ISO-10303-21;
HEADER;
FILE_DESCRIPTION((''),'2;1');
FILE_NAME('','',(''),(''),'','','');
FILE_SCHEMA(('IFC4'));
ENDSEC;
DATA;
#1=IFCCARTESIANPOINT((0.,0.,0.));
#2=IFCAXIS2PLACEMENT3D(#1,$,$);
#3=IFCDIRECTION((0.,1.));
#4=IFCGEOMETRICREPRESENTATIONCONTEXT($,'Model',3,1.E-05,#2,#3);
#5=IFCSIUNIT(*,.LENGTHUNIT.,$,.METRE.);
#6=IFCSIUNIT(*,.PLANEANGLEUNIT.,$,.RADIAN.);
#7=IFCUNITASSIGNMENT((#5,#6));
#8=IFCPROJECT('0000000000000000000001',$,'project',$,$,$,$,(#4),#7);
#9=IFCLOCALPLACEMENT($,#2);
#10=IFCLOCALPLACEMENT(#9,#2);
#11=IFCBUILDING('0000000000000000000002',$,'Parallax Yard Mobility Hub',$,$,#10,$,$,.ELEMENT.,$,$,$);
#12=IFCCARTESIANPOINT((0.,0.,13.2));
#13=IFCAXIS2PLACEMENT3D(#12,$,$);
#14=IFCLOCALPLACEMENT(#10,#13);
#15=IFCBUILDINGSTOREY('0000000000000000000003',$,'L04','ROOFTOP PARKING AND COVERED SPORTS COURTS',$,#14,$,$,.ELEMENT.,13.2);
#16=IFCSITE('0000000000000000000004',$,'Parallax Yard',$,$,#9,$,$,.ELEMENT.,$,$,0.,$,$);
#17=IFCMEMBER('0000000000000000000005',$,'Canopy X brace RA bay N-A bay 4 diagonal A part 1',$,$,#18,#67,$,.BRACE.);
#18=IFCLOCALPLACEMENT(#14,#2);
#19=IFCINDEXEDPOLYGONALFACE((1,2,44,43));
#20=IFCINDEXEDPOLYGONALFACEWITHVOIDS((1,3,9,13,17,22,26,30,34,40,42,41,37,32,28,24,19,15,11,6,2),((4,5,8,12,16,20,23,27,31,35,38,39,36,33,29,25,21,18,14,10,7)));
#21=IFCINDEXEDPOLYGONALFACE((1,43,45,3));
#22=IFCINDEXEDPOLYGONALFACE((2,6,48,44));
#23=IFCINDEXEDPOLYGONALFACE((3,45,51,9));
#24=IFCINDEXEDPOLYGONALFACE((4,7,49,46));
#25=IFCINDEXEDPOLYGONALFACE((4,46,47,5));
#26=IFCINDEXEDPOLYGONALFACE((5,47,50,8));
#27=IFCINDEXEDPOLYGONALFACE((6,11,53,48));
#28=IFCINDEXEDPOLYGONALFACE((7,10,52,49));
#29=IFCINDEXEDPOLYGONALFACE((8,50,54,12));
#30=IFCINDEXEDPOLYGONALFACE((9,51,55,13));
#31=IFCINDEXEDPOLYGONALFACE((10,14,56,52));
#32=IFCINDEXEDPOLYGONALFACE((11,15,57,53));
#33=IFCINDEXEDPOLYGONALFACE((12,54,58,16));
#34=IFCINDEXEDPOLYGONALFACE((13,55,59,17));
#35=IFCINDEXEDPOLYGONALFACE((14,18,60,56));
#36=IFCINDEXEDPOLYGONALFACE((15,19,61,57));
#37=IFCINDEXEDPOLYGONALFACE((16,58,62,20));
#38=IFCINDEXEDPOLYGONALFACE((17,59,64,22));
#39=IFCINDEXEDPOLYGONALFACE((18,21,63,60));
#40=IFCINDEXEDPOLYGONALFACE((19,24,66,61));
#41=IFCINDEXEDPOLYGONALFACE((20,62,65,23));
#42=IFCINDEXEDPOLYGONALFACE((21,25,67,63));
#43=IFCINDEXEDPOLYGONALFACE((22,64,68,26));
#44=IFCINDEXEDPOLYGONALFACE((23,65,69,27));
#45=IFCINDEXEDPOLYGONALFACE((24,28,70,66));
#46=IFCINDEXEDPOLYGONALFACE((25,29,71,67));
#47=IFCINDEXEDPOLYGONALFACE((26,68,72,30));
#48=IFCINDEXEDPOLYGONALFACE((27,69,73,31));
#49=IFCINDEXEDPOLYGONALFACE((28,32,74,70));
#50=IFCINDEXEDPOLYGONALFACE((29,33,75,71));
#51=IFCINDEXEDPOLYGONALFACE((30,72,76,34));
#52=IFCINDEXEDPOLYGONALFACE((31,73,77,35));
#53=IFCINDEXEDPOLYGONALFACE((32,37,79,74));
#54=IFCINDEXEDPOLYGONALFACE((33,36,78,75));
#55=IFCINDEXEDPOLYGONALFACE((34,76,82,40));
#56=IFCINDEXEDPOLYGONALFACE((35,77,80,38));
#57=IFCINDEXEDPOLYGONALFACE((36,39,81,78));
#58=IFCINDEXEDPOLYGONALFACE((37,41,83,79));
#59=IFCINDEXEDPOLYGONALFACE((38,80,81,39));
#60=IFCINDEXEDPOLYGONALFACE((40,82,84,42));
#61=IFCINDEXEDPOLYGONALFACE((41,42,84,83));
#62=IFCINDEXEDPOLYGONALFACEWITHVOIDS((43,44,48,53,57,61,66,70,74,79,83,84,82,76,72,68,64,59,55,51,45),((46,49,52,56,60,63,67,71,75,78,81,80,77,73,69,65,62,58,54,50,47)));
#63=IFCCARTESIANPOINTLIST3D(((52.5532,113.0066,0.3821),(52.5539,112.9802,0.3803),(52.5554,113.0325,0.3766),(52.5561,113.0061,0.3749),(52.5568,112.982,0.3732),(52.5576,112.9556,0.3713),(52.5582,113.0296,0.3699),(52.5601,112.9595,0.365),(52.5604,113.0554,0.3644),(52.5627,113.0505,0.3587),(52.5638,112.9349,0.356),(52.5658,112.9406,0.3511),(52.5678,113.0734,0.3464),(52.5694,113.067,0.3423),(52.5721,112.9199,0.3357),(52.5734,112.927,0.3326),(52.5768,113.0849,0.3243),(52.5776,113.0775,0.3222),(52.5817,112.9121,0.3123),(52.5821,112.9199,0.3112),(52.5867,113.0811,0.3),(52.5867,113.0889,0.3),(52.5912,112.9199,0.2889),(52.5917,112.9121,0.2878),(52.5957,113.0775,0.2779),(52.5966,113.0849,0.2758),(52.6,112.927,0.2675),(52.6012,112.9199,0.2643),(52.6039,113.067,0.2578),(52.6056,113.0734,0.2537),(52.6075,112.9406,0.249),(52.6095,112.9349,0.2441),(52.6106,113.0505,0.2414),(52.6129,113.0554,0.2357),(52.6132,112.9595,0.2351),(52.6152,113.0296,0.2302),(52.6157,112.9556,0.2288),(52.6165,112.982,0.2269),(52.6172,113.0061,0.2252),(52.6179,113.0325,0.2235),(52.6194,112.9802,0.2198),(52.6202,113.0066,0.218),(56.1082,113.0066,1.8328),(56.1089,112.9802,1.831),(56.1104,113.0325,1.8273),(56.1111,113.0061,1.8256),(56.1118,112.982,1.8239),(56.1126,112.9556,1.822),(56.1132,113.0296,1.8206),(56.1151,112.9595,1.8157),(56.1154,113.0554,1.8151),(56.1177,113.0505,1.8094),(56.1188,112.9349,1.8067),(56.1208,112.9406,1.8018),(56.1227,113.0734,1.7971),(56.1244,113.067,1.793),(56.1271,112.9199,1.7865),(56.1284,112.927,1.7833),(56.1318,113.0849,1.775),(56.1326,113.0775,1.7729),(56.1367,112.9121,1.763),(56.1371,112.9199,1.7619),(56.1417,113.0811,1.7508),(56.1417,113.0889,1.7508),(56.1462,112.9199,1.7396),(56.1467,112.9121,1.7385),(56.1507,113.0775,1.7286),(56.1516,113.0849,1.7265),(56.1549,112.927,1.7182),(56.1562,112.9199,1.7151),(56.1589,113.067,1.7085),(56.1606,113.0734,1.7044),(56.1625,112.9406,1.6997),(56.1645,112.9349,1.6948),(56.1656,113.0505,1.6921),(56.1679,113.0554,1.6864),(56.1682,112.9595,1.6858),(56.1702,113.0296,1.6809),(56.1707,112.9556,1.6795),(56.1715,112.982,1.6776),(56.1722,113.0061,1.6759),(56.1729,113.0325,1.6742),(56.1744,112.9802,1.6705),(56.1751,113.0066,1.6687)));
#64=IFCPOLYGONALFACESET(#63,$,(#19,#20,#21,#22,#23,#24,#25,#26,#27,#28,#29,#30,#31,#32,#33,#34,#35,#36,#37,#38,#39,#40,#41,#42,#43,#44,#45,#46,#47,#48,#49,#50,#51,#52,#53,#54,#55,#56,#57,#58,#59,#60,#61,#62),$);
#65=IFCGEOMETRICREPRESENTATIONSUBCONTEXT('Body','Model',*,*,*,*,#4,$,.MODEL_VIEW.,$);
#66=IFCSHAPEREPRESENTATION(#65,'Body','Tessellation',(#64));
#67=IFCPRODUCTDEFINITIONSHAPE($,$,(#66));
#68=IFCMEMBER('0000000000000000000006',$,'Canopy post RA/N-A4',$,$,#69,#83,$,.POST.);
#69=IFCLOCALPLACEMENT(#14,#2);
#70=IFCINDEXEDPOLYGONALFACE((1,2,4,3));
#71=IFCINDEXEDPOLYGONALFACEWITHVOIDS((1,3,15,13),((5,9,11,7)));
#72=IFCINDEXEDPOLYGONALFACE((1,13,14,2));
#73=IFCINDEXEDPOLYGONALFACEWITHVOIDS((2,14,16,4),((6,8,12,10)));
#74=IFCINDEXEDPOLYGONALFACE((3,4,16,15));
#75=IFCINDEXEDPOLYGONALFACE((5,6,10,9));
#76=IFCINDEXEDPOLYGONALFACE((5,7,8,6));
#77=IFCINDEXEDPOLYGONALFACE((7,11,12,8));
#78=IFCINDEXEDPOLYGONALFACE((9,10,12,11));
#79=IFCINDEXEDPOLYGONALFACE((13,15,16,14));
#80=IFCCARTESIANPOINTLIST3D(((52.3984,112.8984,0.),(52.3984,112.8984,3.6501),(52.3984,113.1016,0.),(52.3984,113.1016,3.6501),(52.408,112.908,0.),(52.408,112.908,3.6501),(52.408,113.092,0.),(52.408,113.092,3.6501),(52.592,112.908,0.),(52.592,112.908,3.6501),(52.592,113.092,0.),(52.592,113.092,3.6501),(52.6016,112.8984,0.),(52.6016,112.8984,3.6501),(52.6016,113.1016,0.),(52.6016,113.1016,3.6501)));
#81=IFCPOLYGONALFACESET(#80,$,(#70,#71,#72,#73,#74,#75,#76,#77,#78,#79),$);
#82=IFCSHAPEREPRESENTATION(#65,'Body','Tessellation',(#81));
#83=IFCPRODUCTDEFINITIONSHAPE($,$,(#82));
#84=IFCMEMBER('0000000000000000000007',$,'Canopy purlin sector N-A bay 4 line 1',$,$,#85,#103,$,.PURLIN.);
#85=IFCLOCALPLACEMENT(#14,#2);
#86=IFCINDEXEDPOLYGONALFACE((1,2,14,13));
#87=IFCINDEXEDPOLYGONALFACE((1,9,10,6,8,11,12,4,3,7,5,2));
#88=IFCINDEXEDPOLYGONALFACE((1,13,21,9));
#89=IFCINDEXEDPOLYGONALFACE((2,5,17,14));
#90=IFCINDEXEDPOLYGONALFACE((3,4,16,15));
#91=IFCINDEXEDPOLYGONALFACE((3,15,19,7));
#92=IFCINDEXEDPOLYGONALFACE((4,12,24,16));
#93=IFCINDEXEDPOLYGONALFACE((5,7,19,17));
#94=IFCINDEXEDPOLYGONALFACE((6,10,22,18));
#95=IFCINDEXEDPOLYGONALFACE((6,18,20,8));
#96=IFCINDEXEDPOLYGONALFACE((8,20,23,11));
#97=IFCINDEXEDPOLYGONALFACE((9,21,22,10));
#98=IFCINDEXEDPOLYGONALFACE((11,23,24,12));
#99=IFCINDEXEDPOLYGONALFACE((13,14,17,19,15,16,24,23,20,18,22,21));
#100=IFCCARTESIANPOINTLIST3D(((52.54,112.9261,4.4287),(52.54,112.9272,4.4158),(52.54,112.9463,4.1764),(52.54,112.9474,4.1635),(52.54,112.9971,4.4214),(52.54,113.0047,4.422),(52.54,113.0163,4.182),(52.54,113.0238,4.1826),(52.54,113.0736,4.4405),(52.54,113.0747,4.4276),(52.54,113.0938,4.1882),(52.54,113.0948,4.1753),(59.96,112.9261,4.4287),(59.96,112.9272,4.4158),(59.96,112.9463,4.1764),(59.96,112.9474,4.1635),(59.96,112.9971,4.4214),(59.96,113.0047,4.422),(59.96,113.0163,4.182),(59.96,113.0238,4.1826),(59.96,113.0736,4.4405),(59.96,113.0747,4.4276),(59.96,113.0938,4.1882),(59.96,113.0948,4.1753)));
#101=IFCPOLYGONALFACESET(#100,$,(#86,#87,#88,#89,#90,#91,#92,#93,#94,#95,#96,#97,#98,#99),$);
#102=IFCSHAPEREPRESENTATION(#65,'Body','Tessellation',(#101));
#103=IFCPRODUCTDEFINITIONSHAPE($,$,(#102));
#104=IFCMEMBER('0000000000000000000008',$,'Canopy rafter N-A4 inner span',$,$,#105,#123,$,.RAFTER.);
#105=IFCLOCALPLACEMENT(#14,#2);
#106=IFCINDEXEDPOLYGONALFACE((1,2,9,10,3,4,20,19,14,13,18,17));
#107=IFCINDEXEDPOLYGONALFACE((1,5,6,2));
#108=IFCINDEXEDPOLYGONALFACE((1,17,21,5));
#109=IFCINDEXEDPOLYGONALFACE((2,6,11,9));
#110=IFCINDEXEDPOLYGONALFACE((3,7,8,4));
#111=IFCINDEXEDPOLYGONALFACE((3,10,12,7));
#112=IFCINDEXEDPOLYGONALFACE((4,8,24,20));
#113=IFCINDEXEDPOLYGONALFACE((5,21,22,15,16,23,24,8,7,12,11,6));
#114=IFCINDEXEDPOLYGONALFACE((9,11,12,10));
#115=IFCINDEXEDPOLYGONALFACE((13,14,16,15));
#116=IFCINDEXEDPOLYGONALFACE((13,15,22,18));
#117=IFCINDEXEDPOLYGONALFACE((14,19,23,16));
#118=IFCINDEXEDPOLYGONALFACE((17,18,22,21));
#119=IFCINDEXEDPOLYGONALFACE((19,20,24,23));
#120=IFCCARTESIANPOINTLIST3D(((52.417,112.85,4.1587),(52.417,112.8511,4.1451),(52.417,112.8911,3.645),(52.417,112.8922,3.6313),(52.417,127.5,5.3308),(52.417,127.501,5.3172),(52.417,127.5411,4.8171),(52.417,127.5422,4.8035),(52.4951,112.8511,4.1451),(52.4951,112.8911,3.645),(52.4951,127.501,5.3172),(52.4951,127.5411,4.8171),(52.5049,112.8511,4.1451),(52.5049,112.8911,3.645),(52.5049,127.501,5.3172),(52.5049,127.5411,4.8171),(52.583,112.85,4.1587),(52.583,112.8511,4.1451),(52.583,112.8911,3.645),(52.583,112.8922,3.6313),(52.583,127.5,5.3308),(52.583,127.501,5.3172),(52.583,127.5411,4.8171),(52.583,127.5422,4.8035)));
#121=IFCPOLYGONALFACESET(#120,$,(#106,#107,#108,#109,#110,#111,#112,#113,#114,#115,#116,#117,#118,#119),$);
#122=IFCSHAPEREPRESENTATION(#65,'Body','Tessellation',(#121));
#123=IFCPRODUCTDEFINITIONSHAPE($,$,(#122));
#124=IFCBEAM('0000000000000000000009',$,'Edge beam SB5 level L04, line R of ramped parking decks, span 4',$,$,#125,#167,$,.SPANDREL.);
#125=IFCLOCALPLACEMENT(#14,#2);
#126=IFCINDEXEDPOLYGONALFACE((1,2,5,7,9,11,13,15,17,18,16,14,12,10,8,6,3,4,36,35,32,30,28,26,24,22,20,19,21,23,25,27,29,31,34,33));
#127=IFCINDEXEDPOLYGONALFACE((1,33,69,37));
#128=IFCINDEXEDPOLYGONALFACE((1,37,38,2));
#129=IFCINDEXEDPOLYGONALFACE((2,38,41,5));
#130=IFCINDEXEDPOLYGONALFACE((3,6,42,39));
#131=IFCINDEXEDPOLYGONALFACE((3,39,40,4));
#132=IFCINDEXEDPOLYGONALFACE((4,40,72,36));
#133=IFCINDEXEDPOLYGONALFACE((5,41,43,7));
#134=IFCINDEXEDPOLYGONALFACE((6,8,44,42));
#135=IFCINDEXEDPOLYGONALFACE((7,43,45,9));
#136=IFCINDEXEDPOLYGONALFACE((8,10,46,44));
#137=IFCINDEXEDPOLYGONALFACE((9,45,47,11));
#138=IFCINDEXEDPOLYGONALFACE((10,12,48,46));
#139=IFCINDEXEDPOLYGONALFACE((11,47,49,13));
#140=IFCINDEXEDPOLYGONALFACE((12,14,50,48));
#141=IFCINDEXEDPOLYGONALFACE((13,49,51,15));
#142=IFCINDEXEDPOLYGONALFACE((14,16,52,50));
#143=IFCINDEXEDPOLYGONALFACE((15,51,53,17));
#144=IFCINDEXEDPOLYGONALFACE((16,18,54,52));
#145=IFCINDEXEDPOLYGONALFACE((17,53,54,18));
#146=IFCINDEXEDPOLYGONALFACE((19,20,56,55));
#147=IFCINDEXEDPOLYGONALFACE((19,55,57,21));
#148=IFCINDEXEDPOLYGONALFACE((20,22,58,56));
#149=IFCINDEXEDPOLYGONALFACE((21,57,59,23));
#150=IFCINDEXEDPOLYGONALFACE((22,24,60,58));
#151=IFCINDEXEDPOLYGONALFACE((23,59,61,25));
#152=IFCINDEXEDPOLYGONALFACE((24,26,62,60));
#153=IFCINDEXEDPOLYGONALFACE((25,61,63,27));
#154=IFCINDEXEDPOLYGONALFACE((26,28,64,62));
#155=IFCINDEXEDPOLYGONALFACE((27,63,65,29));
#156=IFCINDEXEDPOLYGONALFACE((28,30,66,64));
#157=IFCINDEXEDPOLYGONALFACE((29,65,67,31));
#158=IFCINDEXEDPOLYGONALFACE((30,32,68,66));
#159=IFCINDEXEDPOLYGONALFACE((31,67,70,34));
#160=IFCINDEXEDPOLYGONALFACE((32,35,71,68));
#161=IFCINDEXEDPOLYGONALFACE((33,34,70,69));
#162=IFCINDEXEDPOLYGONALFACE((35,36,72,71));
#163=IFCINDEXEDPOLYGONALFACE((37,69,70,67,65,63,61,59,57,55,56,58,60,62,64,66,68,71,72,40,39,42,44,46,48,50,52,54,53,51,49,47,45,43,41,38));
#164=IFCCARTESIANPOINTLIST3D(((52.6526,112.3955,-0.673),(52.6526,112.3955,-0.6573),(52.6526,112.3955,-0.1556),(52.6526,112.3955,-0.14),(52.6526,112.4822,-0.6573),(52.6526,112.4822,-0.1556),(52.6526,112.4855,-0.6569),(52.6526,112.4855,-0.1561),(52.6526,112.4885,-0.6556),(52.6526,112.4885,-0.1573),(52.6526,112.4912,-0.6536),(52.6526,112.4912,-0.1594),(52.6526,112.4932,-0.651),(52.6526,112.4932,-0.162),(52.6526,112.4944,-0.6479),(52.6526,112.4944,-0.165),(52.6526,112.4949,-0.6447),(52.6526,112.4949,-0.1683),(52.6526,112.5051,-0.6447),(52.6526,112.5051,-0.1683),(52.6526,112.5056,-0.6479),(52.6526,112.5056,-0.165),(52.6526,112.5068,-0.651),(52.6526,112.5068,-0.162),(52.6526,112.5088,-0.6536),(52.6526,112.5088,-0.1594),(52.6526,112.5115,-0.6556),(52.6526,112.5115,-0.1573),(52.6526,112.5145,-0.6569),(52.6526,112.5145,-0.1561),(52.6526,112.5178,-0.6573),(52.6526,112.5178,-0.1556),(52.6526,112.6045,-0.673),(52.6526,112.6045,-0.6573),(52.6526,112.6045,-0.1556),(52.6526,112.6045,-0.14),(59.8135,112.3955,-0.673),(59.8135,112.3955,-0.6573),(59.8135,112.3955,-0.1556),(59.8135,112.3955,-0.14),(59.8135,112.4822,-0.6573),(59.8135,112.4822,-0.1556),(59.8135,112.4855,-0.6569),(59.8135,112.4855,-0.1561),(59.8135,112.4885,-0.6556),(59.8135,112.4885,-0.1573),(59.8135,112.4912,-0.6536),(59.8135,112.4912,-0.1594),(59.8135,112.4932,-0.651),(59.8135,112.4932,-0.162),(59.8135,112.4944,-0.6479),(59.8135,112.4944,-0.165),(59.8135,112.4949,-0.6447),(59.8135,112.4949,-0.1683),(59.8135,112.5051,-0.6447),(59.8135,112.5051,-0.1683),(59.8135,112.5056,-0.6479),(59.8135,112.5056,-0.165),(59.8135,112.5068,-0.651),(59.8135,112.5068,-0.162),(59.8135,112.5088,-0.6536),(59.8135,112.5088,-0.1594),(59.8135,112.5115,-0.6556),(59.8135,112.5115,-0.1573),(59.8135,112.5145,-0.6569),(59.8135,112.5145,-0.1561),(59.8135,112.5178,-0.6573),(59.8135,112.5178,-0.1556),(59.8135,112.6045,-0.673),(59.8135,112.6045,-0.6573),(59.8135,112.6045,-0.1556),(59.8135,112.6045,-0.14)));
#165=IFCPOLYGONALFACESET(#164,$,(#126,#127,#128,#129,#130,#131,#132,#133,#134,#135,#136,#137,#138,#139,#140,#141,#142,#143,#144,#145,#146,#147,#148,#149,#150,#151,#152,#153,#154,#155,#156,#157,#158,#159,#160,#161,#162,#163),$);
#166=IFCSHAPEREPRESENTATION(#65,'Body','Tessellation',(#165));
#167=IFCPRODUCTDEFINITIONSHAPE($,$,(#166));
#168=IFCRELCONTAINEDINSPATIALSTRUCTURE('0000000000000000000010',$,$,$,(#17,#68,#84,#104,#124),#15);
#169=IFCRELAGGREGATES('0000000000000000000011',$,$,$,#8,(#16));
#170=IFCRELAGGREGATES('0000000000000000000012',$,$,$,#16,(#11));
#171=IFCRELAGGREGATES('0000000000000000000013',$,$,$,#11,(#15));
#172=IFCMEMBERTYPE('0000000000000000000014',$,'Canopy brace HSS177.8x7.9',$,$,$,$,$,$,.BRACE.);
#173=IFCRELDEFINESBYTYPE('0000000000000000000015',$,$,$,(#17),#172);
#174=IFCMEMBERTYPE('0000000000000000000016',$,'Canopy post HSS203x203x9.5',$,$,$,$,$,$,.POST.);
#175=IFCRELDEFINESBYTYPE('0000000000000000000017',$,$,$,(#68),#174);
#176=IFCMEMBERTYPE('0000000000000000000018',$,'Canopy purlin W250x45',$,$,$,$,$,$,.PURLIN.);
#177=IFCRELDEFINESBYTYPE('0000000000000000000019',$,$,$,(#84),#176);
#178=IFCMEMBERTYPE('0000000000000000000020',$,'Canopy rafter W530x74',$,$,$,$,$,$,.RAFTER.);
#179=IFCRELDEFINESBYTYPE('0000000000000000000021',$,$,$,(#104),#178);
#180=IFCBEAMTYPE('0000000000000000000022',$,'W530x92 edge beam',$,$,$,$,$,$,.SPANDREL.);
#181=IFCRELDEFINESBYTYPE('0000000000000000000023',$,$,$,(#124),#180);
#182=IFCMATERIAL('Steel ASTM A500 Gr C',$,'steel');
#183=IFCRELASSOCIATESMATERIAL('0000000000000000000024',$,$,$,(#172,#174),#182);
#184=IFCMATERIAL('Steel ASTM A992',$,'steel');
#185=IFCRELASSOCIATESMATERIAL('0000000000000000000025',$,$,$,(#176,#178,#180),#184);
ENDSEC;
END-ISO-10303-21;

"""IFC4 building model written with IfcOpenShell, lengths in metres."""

from ifc_helpers import new_model, si_unit, direction, frame, origin, origin_2d, place, context, subcontext, project, spatial, hollow_rectangle, hollow_circle, i_section, extrude, material, material_profile, profile_set, type_object, element, save


model = new_model("IFC4")

# Units and contexts
model_context = context("Model", 3, precision=1e-05, world=origin(), true_north=direction((0.0, 1.0)))
body_context = subcontext(model_context, "Body", "Model", "MODEL_VIEW")
ifc_project = project(units=[si_unit("LENGTHUNIT", "METRE"), si_unit("PLANEANGLEUNIT", "RADIAN")], contexts=[model_context])

# Site, building, storey
site_placement = place(None, origin())
site = spatial("IfcSite", under=ifc_project, at=site_placement, Name="Parallax Yard", CompositionType="ELEMENT", RefElevation=0.0)
building_placement = place(site_placement, origin())
building = spatial("IfcBuilding", under=site, at=building_placement, Name="Parallax Yard Mobility Hub", CompositionType="ELEMENT")
storey_placement = place(building_placement, frame((0.0, 0.0, 13.2)))
storey = spatial("IfcBuildingStorey", under=building, at=storey_placement, Name="L04", Description="ROOFTOP PARKING AND COVERED SPORTS COURTS", CompositionType="ELEMENT", Elevation=13.2)

# Members
ifc_material_1 = material(Name="Steel ASTM A500 Gr C", Category="steel")
ifc_material_profile_1 = material_profile(ifc_material_1, hollow_circle(Radius=0.0889, WallThickness=0.0078, at=origin_2d()), Name="HSS177.8x7.9")
ifc_profile_set_1 = profile_set([ifc_material_profile_1], Name="Steel ASTM A500 Gr C")
member_type_1 = type_object("IfcMemberType", Name="Canopy brace HSS177.8x7.9", PredefinedType="BRACE", material=ifc_profile_set_1)
member_1_placement = place(storey_placement, frame((52.5867, 113.0, 0.3), z_axis=(0.925876, 0.0, 0.377828), x_axis=(0.0, 1.0, 0.0)))
element("IfcMember", 1, at=member_1_placement, inside=storey, type_object=member_type_1, Name="Canopy X brace RA bay N-A bay 4 diagonal A part 1", PredefinedType="BRACE", context=body_context, shape_type="SweptSolid", body=[
    extrude(hollow_circle(Radius=0.0889, WallThickness=0.0078, at=origin_2d()), origin(), (0.0, 0.0, 1.0), 3.8396),
])
ifc_material_profile_2 = material_profile(ifc_material_1, hollow_rectangle(XDim=0.2031, YDim=0.2031, WallThickness=0.0095, at=origin_2d()), Name="HSS203x203x9.5")
ifc_profile_set_2 = profile_set([ifc_material_profile_2], Name="Steel ASTM A500 Gr C")
member_type_2 = type_object("IfcMemberType", Name="Canopy post HSS203x203x9.5", PredefinedType="POST", material=ifc_profile_set_2)
member_2_placement = place(storey_placement, frame((52.5, 113.0, 0.0), z_axis=(0.0, 0.0, 1.0), x_axis=(1.0, 0.0, 0.0)))
element("IfcMember", 2, at=member_2_placement, inside=storey, type_object=member_type_2, Name="Canopy post RA/N-A4", PredefinedType="POST", context=body_context, shape_type="SweptSolid", body=[
    extrude(hollow_rectangle(XDim=0.2031, YDim=0.2031, WallThickness=0.0095, at=origin_2d()), origin(), (0.0, 0.0, 1.0), 3.6501),
])
ifc_material_2 = material(Name="Steel ASTM A992", Category="steel")
ifc_material_profile_3 = material_profile(ifc_material_2, i_section(OverallWidth=0.1479, OverallDepth=0.2661, WebThickness=0.0076, FlangeThickness=0.0129, at=origin_2d()), Name="W250x45")
ifc_profile_set_3 = profile_set([ifc_material_profile_3], Name="Steel ASTM A992")
member_type_3 = type_object("IfcMemberType", Name="Canopy purlin W250x45", PredefinedType="PURLIN", material=ifc_profile_set_3)
member_3_placement = place(storey_placement, frame((52.54, 113.0105, 4.302), z_axis=(1.0, 0.0, 0.0), x_axis=(0.0, 0.996815, 0.079745)))
element("IfcMember", 3, at=member_3_placement, inside=storey, type_object=member_type_3, Name="Canopy purlin sector N-A bay 4 line 1", PredefinedType="PURLIN", context=body_context, shape_type="SweptSolid", body=[
    extrude(i_section(OverallWidth=0.1479, OverallDepth=0.2661, WebThickness=0.0076, FlangeThickness=0.0129, at=origin_2d()), origin(), (0.0, 0.0, 1.0), 7.4199),
])
ifc_material_profile_4 = material_profile(ifc_material_2, i_section(OverallWidth=0.166, OverallDepth=0.5291, WebThickness=0.0098, FlangeThickness=0.0137, at=origin_2d()), Name="W530x74")
ifc_profile_set_4 = profile_set([ifc_material_profile_4], Name="Steel ASTM A992")
member_type_4 = type_object("IfcMemberType", Name="Canopy rafter W530x74", PredefinedType="RAFTER", material=ifc_profile_set_4)
member_4_placement = place(storey_placement, frame((52.5, 112.8711, 3.895), z_axis=(0.0, 0.996815, 0.079754), x_axis=(-1.0, 0.0, 0.0)))
element("IfcMember", 4, at=member_4_placement, inside=storey, type_object=member_type_4, Name="Canopy rafter N-A4 inner span", PredefinedType="RAFTER", context=body_context, shape_type="SweptSolid", body=[
    extrude(i_section(OverallWidth=0.166, OverallDepth=0.5291, WebThickness=0.0098, FlangeThickness=0.0137, at=origin_2d()), origin(), (0.0, 0.0, 1.0), 14.6968),
])

# Beam
ifc_material_profile_5 = material_profile(ifc_material_2, i_section(OverallWidth=0.209, OverallDepth=0.533, WebThickness=0.0103, FlangeThickness=0.0156, FilletRadius=0.0127, at=origin_2d()), Name="W530x92")
ifc_profile_set_5 = profile_set([ifc_material_profile_5], Name="Steel ASTM A992")
beam_type_1 = type_object("IfcBeamType", Name="W530x92 edge beam", PredefinedType="SPANDREL", material=ifc_profile_set_5)
beam_1_placement = place(storey_placement, frame((52.6526, 112.5, -0.4065), z_axis=(1.0, 0.0, 0.0), x_axis=(0.0, 1.0, 0.0)))
element("IfcBeam", 5, at=beam_1_placement, inside=storey, type_object=beam_type_1, Name="Edge beam SB5 level L04, line R of ramped parking decks, span 4", PredefinedType="SPANDREL", context=body_context, shape_type="SweptSolid", body=[
    extrude(i_section(OverallWidth=0.209, OverallDepth=0.533, WebThickness=0.0103, FlangeThickness=0.0156, FilletRadius=0.0127, at=origin_2d()), origin(), (0.0, 0.0, 1.0), 7.1609),
])

save(model, "model.ifc")
